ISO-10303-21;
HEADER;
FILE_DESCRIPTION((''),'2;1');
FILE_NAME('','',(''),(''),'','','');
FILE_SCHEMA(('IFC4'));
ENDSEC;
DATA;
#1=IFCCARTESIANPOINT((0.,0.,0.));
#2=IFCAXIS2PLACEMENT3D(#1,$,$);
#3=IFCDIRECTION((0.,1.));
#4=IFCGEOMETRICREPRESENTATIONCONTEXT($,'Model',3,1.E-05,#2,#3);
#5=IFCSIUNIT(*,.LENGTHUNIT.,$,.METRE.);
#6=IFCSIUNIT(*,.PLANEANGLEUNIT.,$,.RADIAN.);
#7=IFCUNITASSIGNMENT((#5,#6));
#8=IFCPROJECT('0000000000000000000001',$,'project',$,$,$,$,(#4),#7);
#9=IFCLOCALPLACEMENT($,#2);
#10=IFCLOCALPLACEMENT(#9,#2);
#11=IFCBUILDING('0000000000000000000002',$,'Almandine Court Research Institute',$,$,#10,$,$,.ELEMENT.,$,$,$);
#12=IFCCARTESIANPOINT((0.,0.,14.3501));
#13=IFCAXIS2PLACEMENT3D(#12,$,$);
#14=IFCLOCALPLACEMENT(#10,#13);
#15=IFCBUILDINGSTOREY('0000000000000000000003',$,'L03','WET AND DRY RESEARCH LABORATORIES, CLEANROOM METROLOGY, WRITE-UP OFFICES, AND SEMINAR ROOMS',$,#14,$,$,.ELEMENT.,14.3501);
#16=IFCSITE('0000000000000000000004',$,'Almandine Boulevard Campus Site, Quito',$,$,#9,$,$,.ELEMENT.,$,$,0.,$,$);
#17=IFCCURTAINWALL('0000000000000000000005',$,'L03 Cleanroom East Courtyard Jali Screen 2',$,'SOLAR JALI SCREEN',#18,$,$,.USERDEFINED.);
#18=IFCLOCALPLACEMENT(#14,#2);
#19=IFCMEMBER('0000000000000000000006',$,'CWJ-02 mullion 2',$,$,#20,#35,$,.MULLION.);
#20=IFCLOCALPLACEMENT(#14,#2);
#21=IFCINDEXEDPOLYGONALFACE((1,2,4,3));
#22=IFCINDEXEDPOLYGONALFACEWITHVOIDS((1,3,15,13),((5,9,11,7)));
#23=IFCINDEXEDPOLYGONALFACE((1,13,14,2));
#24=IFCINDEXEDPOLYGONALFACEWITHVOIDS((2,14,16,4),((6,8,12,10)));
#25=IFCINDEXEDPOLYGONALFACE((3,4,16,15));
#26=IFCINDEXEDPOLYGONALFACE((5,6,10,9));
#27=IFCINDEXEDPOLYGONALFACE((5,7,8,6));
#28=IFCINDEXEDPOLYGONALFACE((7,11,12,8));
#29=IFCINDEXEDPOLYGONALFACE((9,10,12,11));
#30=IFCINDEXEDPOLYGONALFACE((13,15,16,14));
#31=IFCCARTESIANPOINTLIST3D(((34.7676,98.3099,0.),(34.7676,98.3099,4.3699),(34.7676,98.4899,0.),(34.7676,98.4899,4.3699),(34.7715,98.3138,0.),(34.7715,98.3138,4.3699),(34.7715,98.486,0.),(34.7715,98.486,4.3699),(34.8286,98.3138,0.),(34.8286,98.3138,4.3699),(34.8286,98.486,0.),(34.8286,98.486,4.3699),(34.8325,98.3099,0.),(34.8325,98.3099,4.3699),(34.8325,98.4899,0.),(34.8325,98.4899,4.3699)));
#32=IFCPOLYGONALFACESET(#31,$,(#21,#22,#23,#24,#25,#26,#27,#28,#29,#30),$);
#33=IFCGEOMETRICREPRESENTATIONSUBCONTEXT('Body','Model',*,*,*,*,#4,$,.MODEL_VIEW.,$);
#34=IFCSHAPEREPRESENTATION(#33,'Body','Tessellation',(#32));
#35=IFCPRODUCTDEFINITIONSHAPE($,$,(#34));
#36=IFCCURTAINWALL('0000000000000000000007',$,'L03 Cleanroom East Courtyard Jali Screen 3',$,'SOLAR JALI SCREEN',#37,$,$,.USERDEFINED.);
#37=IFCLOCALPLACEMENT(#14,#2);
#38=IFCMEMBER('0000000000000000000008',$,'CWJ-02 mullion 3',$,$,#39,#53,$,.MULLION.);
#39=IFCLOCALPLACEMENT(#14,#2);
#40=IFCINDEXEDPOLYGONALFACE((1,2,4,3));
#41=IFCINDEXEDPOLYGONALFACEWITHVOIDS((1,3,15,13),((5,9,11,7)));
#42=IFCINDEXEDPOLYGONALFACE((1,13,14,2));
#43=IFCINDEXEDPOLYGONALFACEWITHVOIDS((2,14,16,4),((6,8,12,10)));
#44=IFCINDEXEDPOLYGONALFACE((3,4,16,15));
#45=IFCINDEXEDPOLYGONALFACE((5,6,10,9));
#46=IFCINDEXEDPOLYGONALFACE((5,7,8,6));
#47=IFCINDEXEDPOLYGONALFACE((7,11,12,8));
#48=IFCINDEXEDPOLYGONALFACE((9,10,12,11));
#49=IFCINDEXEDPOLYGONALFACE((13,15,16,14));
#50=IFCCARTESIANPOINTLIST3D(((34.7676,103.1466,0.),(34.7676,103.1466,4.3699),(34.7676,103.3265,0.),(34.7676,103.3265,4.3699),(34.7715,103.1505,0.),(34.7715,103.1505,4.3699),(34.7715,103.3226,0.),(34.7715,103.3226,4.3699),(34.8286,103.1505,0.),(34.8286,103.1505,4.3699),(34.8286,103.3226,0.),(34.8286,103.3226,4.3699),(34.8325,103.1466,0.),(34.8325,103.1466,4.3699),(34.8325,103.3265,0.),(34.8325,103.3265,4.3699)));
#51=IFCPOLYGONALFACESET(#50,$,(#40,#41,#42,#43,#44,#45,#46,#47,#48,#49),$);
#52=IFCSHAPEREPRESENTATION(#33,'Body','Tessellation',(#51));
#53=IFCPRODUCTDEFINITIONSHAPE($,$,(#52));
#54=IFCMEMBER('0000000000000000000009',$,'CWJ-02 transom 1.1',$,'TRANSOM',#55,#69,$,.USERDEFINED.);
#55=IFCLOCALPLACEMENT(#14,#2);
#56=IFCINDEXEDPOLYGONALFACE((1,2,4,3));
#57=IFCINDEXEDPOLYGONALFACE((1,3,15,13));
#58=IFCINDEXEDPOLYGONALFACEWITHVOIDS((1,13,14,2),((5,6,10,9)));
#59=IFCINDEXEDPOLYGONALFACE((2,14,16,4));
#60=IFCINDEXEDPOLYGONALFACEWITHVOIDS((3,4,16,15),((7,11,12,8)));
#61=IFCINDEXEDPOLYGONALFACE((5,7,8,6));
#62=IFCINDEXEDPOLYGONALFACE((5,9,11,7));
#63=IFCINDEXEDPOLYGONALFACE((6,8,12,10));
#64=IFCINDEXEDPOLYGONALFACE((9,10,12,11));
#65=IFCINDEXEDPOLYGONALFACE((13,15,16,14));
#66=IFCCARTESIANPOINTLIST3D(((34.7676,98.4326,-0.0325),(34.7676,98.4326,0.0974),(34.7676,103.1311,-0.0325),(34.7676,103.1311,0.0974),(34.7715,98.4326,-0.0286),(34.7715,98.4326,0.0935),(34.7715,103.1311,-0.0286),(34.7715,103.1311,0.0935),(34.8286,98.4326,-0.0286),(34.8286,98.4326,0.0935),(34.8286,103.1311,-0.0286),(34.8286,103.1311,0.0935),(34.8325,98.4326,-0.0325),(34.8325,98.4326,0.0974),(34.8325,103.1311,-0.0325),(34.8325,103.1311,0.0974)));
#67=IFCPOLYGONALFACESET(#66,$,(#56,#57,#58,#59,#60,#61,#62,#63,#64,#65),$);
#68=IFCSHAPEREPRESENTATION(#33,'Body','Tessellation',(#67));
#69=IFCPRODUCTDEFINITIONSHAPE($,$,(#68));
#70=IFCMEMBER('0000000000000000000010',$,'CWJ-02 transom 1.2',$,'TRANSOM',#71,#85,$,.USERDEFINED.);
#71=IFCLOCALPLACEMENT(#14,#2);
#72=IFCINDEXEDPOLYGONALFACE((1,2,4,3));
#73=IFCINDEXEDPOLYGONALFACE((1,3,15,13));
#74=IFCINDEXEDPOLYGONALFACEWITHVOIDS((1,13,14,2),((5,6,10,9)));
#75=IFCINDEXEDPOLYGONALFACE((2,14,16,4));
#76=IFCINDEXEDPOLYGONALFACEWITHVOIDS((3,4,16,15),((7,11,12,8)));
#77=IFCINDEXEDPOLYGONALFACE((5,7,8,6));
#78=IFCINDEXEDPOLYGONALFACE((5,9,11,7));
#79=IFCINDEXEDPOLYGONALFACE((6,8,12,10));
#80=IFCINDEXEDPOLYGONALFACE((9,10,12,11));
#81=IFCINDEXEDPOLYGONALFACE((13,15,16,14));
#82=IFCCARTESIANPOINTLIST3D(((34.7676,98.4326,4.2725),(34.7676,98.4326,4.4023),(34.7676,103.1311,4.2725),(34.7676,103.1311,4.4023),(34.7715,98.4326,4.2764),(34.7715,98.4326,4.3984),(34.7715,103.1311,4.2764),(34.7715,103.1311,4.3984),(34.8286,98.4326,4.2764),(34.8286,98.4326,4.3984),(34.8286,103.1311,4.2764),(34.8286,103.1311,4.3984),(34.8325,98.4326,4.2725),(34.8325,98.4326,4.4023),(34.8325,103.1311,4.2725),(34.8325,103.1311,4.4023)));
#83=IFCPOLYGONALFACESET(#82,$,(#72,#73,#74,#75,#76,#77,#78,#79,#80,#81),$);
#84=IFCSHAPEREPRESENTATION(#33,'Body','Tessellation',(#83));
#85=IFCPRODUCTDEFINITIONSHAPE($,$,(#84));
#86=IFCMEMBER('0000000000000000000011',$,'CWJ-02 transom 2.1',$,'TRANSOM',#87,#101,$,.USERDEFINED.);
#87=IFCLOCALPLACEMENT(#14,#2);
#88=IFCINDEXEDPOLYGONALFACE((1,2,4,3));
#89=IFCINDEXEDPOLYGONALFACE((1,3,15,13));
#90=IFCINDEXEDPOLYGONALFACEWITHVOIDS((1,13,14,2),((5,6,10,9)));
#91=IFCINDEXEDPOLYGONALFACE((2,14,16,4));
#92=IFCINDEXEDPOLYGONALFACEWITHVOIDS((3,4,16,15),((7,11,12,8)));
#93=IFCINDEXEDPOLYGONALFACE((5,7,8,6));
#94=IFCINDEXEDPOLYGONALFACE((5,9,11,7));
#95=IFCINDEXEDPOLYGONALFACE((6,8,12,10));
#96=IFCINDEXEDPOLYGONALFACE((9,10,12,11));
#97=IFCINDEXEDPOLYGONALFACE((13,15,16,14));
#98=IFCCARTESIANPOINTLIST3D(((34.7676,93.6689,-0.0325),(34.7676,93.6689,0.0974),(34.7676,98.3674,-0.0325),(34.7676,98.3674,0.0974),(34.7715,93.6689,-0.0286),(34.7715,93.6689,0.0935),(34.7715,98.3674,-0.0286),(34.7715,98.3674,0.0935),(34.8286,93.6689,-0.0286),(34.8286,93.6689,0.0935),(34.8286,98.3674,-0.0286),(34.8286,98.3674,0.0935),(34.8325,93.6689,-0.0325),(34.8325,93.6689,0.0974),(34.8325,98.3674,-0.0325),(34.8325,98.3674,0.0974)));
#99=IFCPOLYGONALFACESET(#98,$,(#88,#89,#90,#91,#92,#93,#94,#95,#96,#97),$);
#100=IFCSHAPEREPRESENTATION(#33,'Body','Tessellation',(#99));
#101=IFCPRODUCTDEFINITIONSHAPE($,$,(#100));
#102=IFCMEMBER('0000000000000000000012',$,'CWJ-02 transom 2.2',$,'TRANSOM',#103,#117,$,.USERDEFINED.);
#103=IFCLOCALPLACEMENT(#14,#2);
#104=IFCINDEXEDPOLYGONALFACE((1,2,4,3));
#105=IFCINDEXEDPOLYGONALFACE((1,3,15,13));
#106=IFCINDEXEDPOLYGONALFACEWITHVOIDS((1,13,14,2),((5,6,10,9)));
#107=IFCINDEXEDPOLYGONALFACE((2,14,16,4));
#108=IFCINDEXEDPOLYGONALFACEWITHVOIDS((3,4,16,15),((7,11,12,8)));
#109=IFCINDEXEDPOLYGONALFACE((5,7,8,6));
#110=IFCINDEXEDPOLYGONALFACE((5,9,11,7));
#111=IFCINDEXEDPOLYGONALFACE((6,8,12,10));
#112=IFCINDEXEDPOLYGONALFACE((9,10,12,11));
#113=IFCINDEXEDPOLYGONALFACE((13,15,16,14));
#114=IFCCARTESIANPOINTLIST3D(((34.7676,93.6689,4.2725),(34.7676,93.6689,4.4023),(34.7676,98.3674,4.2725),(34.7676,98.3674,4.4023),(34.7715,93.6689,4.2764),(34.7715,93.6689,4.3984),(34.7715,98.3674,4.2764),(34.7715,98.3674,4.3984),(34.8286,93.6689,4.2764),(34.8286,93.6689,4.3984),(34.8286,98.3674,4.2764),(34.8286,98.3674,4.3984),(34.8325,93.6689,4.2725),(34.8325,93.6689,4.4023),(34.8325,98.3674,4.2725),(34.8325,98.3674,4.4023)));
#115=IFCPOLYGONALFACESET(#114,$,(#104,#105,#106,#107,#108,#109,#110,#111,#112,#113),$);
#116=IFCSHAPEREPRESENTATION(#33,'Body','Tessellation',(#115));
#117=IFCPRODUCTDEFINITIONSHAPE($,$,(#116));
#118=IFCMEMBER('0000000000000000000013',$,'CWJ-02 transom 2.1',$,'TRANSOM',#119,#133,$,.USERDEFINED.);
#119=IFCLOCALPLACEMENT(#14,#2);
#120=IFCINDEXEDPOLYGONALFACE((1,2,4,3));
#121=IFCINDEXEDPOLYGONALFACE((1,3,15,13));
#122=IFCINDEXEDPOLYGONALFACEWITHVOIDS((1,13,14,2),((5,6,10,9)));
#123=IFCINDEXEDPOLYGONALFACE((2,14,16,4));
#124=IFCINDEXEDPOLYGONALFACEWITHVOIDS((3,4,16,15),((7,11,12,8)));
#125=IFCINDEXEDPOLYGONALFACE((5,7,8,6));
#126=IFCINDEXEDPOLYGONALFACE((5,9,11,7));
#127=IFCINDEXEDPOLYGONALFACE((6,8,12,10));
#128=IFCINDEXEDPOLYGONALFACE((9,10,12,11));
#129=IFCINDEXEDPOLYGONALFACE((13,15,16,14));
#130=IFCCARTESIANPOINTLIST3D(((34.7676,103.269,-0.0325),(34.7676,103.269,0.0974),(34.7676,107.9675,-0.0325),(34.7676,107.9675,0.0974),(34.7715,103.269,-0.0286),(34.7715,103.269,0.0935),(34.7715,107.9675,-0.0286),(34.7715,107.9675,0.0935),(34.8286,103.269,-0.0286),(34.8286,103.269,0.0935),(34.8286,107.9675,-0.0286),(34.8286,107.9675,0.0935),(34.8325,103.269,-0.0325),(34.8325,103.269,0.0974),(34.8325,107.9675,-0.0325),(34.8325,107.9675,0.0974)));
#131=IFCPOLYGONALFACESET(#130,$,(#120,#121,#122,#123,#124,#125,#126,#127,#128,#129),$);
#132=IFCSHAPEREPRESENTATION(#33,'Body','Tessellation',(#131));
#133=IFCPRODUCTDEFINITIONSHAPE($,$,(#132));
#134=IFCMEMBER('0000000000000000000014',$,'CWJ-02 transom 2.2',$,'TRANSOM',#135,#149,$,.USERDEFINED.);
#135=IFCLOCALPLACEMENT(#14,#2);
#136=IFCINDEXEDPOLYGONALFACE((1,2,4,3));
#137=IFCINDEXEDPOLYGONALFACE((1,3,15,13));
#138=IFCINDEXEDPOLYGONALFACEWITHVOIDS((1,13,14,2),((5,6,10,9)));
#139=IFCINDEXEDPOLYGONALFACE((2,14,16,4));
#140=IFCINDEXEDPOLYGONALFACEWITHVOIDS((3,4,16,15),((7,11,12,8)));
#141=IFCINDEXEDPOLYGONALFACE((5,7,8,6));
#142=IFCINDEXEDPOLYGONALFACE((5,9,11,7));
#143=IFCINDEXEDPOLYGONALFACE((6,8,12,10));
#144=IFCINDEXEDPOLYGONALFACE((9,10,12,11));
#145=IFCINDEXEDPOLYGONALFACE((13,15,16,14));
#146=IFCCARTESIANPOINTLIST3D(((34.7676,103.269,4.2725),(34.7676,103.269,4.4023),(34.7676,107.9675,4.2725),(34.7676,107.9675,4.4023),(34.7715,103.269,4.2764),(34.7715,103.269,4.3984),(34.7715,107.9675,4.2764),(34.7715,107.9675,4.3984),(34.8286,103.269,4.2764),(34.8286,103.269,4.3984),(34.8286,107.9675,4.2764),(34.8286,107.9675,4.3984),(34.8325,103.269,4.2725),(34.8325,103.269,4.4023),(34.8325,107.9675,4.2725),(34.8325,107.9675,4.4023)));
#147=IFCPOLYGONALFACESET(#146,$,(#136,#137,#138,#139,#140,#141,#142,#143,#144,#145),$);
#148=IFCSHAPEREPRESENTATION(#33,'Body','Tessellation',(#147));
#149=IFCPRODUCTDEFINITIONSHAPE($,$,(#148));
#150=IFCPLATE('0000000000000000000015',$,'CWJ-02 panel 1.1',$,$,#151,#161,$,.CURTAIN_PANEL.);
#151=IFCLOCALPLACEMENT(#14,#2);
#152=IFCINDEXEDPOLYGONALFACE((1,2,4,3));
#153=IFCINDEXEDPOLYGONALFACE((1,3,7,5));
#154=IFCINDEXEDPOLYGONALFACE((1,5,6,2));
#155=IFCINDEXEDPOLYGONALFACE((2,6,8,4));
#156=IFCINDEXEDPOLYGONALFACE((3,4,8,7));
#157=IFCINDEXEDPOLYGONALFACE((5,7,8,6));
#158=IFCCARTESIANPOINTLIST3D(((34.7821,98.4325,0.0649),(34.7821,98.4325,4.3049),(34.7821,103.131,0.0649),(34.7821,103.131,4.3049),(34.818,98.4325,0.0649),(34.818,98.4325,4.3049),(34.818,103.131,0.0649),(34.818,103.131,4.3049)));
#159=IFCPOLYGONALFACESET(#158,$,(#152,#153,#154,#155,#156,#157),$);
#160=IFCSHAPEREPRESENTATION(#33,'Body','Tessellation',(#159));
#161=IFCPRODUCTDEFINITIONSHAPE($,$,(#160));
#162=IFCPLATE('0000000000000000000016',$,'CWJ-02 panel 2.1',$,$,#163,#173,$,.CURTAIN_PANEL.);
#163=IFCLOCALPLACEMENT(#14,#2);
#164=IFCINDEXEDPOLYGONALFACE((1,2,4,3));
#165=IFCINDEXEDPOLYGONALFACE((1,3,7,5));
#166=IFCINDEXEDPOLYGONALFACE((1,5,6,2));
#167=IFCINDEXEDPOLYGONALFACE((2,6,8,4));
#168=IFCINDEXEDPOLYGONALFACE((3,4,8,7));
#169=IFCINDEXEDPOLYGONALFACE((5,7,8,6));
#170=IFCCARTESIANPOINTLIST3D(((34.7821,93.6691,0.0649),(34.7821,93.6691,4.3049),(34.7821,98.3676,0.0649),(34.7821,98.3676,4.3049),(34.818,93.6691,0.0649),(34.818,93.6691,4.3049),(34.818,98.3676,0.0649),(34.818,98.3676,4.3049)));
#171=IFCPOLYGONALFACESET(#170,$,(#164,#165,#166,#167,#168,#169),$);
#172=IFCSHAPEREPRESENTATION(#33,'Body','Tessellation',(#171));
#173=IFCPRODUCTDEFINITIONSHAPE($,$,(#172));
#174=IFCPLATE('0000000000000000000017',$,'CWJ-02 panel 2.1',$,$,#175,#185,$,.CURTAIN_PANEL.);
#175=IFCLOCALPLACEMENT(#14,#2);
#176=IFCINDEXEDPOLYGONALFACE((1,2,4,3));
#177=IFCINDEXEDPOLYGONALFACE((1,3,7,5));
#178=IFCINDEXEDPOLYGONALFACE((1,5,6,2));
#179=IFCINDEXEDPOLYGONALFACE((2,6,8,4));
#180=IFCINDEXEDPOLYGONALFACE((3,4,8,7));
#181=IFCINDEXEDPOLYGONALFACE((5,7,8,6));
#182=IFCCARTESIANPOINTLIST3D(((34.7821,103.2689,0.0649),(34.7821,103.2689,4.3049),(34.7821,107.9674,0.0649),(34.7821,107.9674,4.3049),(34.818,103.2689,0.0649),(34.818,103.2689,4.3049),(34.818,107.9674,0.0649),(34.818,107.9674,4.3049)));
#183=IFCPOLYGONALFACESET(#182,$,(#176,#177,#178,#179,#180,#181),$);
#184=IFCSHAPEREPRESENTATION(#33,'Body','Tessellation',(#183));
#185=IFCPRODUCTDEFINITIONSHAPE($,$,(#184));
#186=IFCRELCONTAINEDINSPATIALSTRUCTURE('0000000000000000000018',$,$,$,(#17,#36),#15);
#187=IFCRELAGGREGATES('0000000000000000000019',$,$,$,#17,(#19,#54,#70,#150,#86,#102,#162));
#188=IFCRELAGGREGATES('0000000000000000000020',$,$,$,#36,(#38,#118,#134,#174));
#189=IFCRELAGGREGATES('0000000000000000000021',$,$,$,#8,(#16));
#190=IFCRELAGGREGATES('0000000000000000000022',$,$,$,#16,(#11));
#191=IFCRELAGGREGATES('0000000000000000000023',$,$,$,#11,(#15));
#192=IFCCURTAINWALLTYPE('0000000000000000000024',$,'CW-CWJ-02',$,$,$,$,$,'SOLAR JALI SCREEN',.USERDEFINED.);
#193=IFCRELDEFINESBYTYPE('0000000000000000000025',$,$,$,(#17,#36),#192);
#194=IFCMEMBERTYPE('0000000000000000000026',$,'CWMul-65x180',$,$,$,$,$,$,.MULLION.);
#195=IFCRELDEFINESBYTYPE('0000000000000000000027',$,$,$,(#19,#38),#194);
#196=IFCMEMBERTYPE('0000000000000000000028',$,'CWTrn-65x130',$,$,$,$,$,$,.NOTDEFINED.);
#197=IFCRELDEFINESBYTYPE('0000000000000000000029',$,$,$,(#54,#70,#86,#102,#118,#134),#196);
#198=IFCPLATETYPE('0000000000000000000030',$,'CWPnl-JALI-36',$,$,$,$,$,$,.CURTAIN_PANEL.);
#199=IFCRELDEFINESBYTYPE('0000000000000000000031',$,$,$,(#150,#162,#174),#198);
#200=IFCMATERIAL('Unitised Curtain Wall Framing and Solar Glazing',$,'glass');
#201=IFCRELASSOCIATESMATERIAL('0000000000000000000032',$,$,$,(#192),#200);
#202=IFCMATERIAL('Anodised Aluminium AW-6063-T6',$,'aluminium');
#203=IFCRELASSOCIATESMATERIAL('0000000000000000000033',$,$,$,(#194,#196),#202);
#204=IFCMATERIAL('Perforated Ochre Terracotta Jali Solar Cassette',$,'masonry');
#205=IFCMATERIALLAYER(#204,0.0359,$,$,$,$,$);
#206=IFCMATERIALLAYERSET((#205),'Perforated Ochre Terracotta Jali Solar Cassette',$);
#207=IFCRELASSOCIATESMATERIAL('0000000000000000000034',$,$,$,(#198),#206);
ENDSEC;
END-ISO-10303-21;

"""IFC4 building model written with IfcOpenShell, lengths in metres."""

from ifc_helpers import new_model, si_unit, direction, frame, origin, origin_2d, place, context, subcontext, project, spatial, rectangle, hollow_rectangle, extrude, material, layer, layer_set, material_profile, profile_set, type_object, element, aggregate, save


model = new_model("IFC4")

# Units and contexts
model_context = context("Model", 3, precision=1e-05, world=origin(), true_north=direction((0.0, 1.0)))
body_context = subcontext(model_context, "Body", "Model", "MODEL_VIEW")
ifc_project = project(units=[si_unit("LENGTHUNIT", "METRE"), si_unit("PLANEANGLEUNIT", "RADIAN")], contexts=[model_context])

# Site, building, storey
site_placement = place(None, origin())
site = spatial("IfcSite", under=ifc_project, at=site_placement, Name="Almandine Boulevard Campus Site, Quito", CompositionType="ELEMENT", RefElevation=0.0)
building_placement = place(site_placement, origin())
building = spatial("IfcBuilding", under=site, at=building_placement, Name="Almandine Court Research Institute", CompositionType="ELEMENT")
storey_placement = place(building_placement, frame((0.0, 0.0, 14.3501)))
storey = spatial("IfcBuildingStorey", under=building, at=storey_placement, Name="L03", Description="WET AND DRY RESEARCH LABORATORIES, CLEANROOM METROLOGY, WRITE-UP OFFICES, AND SEMINAR ROOMS", CompositionType="ELEMENT", Elevation=14.3501)

# Curtain wall, member
ifc_material_1 = material(Name="Unitised Curtain Wall Framing and Solar Glazing", Category="glass")
curtain_wall_type = type_object("IfcCurtainWallType", Name="CW-CWJ-02", ElementType="SOLAR JALI SCREEN", PredefinedType="USERDEFINED", material=ifc_material_1)
curtain_wall_1_placement = place(storey_placement, origin())
curtain_wall_1 = element("IfcCurtainWall", 1, at=curtain_wall_1_placement, inside=storey, type_object=curtain_wall_type, Name="L03 Cleanroom East Courtyard Jali Screen 2", ObjectType="SOLAR JALI SCREEN", PredefinedType="USERDEFINED")
ifc_material_2 = material(Name="Anodised Aluminium AW-6063-T6", Category="aluminium")
ifc_material_profile_1 = material_profile(ifc_material_2, hollow_rectangle(XDim=0.0649, YDim=0.1799, WallThickness=0.0039, at=origin_2d()), Name="ALU RHS 65x180x4")
ifc_profile_set_1 = profile_set([ifc_material_profile_1], Name="Anodised Aluminium AW-6063-T6")
member_type_1 = type_object("IfcMemberType", Name="CWMul-65x180", PredefinedType="MULLION", material=ifc_profile_set_1)
member_1_placement = place(storey_placement, frame((34.8, 98.3999, 0.0), z_axis=(0.0, 0.0, 1.0), x_axis=(1.0, 0.0, 0.0)))
member_1 = element("IfcMember", 2, at=member_1_placement, type_object=member_type_1, Name="CWJ-02 mullion 2", PredefinedType="MULLION", context=body_context, shape_type="SweptSolid", body=[
    extrude(hollow_rectangle(XDim=0.0649, YDim=0.1799, WallThickness=0.0039, at=origin_2d()), origin(), (0.0, 0.0, 1.0), 4.3699),
])

# Curtain wall, member
curtain_wall_2_placement = place(storey_placement, origin())
curtain_wall_2 = element("IfcCurtainWall", 3, at=curtain_wall_2_placement, inside=storey, type_object=curtain_wall_type, Name="L03 Cleanroom East Courtyard Jali Screen 3", ObjectType="SOLAR JALI SCREEN", PredefinedType="USERDEFINED")
member_2_placement = place(storey_placement, frame((34.8, 103.2366, 0.0), z_axis=(0.0, 0.0, 1.0), x_axis=(1.0, 0.0, 0.0)))
member_2 = element("IfcMember", 4, at=member_2_placement, type_object=member_type_1, Name="CWJ-02 mullion 3", PredefinedType="MULLION", context=body_context, shape_type="SweptSolid", body=[
    extrude(hollow_rectangle(XDim=0.0649, YDim=0.1799, WallThickness=0.0039, at=origin_2d()), origin(), (0.0, 0.0, 1.0), 4.3699),
])

# Members
ifc_material_profile_2 = material_profile(ifc_material_2, hollow_rectangle(XDim=0.0649, YDim=0.1299, WallThickness=0.0039, at=origin_2d()), Name="ALU RHS 65x130x4")
ifc_profile_set_2 = profile_set([ifc_material_profile_2], Name="Anodised Aluminium AW-6063-T6")
member_type_2 = type_object("IfcMemberType", Name="CWTrn-65x130", PredefinedType="NOTDEFINED", material=ifc_profile_set_2)
member_3_placement = place(storey_placement, frame((34.8, 103.1311, 0.0325), z_axis=(0.0, -1.0, 0.0), x_axis=(1.0, 0.0, 0.0)))
member_3 = element("IfcMember", 5, at=member_3_placement, type_object=member_type_2, Name="CWJ-02 transom 1.1", ObjectType="TRANSOM", PredefinedType="USERDEFINED", context=body_context, shape_type="SweptSolid", body=[
    extrude(hollow_rectangle(XDim=0.0649, YDim=0.1299, WallThickness=0.0039, at=origin_2d()), origin(), (0.0, 0.0, 1.0), 4.6985),
])
member_4_placement = place(storey_placement, frame((34.8, 103.1311, 4.3374), z_axis=(0.0, -1.0, 0.0), x_axis=(1.0, 0.0, 0.0)))
member_4 = element("IfcMember", 6, at=member_4_placement, type_object=member_type_2, Name="CWJ-02 transom 1.2", ObjectType="TRANSOM", PredefinedType="USERDEFINED", context=body_context, shape_type="SweptSolid", body=[
    extrude(hollow_rectangle(XDim=0.0649, YDim=0.1299, WallThickness=0.0039, at=origin_2d()), origin(), (0.0, 0.0, 1.0), 4.6985),
])
member_5_placement = place(storey_placement, frame((34.8, 98.3674, 0.0325), z_axis=(0.0, -1.0, 0.0), x_axis=(1.0, 0.0, 0.0)))
member_5 = element("IfcMember", 7, at=member_5_placement, type_object=member_type_2, Name="CWJ-02 transom 2.1", ObjectType="TRANSOM", PredefinedType="USERDEFINED", context=body_context, shape_type="SweptSolid", body=[
    extrude(hollow_rectangle(XDim=0.0649, YDim=0.1299, WallThickness=0.0039, at=origin_2d()), origin(), (0.0, 0.0, 1.0), 4.6985),
])
member_6_placement = place(storey_placement, frame((34.8, 98.3674, 4.3374), z_axis=(0.0, -1.0, 0.0), x_axis=(1.0, 0.0, 0.0)))
member_6 = element("IfcMember", 8, at=member_6_placement, type_object=member_type_2, Name="CWJ-02 transom 2.2", ObjectType="TRANSOM", PredefinedType="USERDEFINED", context=body_context, shape_type="SweptSolid", body=[
    extrude(hollow_rectangle(XDim=0.0649, YDim=0.1299, WallThickness=0.0039, at=origin_2d()), origin(), (0.0, 0.0, 1.0), 4.6985),
])
member_7_placement = place(storey_placement, frame((34.8, 107.9675, 0.0325), z_axis=(0.0, -1.0, 0.0), x_axis=(1.0, 0.0, 0.0)))
member_7 = element("IfcMember", 9, at=member_7_placement, type_object=member_type_2, Name="CWJ-02 transom 2.1", ObjectType="TRANSOM", PredefinedType="USERDEFINED", context=body_context, shape_type="SweptSolid", body=[
    extrude(hollow_rectangle(XDim=0.0649, YDim=0.1299, WallThickness=0.0039, at=origin_2d()), origin(), (0.0, 0.0, 1.0), 4.6985),
])
member_8_placement = place(storey_placement, frame((34.8, 107.9675, 4.3374), z_axis=(0.0, -1.0, 0.0), x_axis=(1.0, 0.0, 0.0)))
member_8 = element("IfcMember", 10, at=member_8_placement, type_object=member_type_2, Name="CWJ-02 transom 2.2", ObjectType="TRANSOM", PredefinedType="USERDEFINED", context=body_context, shape_type="SweptSolid", body=[
    extrude(hollow_rectangle(XDim=0.0649, YDim=0.1299, WallThickness=0.0039, at=origin_2d()), origin(), (0.0, 0.0, 1.0), 4.6985),
])

# Plates
ifc_material_3 = material(Name="Perforated Ochre Terracotta Jali Solar Cassette", Category="masonry")
ifc_layer_1 = layer(ifc_material_3, 0.0359)
ifc_layer_set_1 = layer_set([ifc_layer_1], Name="Perforated Ochre Terracotta Jali Solar Cassette")
plate_type = type_object("IfcPlateType", Name="CWPnl-JALI-36", PredefinedType="CURTAIN_PANEL", material=ifc_layer_set_1)
plate_1_placement = place(storey_placement, frame((34.8, 100.7817, 0.0649), z_axis=(0.0, 0.0, 1.0), x_axis=(0.0, -1.0, 0.0)))
plate_1 = element("IfcPlate", 11, at=plate_1_placement, type_object=plate_type, Name="CWJ-02 panel 1.1", PredefinedType="CURTAIN_PANEL", context=body_context, shape_type="SweptSolid", body=[
    extrude(rectangle(XDim=4.6985, YDim=0.0359, at=origin_2d()), origin(), (0.0, 0.0, 1.0), 4.24),
])
plate_2_placement = place(storey_placement, frame((34.8, 96.0183, 0.0649), z_axis=(0.0, 0.0, 1.0), x_axis=(0.0, -1.0, 0.0)))
plate_2 = element("IfcPlate", 12, at=plate_2_placement, type_object=plate_type, Name="CWJ-02 panel 2.1", PredefinedType="CURTAIN_PANEL", context=body_context, shape_type="SweptSolid", body=[
    extrude(rectangle(XDim=4.6985, YDim=0.0359, at=origin_2d()), origin(), (0.0, 0.0, 1.0), 4.24),
])
aggregate(curtain_wall_1, [member_1, member_3, member_4, plate_1, member_5, member_6, plate_2])
plate_3_placement = place(storey_placement, frame((34.8, 105.6182, 0.0649), z_axis=(0.0, 0.0, 1.0), x_axis=(0.0, -1.0, 0.0)))
plate_3 = element("IfcPlate", 13, at=plate_3_placement, type_object=plate_type, Name="CWJ-02 panel 2.1", PredefinedType="CURTAIN_PANEL", context=body_context, shape_type="SweptSolid", body=[
    extrude(rectangle(XDim=4.6985, YDim=0.0359, at=origin_2d()), origin(), (0.0, 0.0, 1.0), 4.24),
])
aggregate(curtain_wall_2, [member_2, member_7, member_8, plate_3])

save(model, "model.ifc")
